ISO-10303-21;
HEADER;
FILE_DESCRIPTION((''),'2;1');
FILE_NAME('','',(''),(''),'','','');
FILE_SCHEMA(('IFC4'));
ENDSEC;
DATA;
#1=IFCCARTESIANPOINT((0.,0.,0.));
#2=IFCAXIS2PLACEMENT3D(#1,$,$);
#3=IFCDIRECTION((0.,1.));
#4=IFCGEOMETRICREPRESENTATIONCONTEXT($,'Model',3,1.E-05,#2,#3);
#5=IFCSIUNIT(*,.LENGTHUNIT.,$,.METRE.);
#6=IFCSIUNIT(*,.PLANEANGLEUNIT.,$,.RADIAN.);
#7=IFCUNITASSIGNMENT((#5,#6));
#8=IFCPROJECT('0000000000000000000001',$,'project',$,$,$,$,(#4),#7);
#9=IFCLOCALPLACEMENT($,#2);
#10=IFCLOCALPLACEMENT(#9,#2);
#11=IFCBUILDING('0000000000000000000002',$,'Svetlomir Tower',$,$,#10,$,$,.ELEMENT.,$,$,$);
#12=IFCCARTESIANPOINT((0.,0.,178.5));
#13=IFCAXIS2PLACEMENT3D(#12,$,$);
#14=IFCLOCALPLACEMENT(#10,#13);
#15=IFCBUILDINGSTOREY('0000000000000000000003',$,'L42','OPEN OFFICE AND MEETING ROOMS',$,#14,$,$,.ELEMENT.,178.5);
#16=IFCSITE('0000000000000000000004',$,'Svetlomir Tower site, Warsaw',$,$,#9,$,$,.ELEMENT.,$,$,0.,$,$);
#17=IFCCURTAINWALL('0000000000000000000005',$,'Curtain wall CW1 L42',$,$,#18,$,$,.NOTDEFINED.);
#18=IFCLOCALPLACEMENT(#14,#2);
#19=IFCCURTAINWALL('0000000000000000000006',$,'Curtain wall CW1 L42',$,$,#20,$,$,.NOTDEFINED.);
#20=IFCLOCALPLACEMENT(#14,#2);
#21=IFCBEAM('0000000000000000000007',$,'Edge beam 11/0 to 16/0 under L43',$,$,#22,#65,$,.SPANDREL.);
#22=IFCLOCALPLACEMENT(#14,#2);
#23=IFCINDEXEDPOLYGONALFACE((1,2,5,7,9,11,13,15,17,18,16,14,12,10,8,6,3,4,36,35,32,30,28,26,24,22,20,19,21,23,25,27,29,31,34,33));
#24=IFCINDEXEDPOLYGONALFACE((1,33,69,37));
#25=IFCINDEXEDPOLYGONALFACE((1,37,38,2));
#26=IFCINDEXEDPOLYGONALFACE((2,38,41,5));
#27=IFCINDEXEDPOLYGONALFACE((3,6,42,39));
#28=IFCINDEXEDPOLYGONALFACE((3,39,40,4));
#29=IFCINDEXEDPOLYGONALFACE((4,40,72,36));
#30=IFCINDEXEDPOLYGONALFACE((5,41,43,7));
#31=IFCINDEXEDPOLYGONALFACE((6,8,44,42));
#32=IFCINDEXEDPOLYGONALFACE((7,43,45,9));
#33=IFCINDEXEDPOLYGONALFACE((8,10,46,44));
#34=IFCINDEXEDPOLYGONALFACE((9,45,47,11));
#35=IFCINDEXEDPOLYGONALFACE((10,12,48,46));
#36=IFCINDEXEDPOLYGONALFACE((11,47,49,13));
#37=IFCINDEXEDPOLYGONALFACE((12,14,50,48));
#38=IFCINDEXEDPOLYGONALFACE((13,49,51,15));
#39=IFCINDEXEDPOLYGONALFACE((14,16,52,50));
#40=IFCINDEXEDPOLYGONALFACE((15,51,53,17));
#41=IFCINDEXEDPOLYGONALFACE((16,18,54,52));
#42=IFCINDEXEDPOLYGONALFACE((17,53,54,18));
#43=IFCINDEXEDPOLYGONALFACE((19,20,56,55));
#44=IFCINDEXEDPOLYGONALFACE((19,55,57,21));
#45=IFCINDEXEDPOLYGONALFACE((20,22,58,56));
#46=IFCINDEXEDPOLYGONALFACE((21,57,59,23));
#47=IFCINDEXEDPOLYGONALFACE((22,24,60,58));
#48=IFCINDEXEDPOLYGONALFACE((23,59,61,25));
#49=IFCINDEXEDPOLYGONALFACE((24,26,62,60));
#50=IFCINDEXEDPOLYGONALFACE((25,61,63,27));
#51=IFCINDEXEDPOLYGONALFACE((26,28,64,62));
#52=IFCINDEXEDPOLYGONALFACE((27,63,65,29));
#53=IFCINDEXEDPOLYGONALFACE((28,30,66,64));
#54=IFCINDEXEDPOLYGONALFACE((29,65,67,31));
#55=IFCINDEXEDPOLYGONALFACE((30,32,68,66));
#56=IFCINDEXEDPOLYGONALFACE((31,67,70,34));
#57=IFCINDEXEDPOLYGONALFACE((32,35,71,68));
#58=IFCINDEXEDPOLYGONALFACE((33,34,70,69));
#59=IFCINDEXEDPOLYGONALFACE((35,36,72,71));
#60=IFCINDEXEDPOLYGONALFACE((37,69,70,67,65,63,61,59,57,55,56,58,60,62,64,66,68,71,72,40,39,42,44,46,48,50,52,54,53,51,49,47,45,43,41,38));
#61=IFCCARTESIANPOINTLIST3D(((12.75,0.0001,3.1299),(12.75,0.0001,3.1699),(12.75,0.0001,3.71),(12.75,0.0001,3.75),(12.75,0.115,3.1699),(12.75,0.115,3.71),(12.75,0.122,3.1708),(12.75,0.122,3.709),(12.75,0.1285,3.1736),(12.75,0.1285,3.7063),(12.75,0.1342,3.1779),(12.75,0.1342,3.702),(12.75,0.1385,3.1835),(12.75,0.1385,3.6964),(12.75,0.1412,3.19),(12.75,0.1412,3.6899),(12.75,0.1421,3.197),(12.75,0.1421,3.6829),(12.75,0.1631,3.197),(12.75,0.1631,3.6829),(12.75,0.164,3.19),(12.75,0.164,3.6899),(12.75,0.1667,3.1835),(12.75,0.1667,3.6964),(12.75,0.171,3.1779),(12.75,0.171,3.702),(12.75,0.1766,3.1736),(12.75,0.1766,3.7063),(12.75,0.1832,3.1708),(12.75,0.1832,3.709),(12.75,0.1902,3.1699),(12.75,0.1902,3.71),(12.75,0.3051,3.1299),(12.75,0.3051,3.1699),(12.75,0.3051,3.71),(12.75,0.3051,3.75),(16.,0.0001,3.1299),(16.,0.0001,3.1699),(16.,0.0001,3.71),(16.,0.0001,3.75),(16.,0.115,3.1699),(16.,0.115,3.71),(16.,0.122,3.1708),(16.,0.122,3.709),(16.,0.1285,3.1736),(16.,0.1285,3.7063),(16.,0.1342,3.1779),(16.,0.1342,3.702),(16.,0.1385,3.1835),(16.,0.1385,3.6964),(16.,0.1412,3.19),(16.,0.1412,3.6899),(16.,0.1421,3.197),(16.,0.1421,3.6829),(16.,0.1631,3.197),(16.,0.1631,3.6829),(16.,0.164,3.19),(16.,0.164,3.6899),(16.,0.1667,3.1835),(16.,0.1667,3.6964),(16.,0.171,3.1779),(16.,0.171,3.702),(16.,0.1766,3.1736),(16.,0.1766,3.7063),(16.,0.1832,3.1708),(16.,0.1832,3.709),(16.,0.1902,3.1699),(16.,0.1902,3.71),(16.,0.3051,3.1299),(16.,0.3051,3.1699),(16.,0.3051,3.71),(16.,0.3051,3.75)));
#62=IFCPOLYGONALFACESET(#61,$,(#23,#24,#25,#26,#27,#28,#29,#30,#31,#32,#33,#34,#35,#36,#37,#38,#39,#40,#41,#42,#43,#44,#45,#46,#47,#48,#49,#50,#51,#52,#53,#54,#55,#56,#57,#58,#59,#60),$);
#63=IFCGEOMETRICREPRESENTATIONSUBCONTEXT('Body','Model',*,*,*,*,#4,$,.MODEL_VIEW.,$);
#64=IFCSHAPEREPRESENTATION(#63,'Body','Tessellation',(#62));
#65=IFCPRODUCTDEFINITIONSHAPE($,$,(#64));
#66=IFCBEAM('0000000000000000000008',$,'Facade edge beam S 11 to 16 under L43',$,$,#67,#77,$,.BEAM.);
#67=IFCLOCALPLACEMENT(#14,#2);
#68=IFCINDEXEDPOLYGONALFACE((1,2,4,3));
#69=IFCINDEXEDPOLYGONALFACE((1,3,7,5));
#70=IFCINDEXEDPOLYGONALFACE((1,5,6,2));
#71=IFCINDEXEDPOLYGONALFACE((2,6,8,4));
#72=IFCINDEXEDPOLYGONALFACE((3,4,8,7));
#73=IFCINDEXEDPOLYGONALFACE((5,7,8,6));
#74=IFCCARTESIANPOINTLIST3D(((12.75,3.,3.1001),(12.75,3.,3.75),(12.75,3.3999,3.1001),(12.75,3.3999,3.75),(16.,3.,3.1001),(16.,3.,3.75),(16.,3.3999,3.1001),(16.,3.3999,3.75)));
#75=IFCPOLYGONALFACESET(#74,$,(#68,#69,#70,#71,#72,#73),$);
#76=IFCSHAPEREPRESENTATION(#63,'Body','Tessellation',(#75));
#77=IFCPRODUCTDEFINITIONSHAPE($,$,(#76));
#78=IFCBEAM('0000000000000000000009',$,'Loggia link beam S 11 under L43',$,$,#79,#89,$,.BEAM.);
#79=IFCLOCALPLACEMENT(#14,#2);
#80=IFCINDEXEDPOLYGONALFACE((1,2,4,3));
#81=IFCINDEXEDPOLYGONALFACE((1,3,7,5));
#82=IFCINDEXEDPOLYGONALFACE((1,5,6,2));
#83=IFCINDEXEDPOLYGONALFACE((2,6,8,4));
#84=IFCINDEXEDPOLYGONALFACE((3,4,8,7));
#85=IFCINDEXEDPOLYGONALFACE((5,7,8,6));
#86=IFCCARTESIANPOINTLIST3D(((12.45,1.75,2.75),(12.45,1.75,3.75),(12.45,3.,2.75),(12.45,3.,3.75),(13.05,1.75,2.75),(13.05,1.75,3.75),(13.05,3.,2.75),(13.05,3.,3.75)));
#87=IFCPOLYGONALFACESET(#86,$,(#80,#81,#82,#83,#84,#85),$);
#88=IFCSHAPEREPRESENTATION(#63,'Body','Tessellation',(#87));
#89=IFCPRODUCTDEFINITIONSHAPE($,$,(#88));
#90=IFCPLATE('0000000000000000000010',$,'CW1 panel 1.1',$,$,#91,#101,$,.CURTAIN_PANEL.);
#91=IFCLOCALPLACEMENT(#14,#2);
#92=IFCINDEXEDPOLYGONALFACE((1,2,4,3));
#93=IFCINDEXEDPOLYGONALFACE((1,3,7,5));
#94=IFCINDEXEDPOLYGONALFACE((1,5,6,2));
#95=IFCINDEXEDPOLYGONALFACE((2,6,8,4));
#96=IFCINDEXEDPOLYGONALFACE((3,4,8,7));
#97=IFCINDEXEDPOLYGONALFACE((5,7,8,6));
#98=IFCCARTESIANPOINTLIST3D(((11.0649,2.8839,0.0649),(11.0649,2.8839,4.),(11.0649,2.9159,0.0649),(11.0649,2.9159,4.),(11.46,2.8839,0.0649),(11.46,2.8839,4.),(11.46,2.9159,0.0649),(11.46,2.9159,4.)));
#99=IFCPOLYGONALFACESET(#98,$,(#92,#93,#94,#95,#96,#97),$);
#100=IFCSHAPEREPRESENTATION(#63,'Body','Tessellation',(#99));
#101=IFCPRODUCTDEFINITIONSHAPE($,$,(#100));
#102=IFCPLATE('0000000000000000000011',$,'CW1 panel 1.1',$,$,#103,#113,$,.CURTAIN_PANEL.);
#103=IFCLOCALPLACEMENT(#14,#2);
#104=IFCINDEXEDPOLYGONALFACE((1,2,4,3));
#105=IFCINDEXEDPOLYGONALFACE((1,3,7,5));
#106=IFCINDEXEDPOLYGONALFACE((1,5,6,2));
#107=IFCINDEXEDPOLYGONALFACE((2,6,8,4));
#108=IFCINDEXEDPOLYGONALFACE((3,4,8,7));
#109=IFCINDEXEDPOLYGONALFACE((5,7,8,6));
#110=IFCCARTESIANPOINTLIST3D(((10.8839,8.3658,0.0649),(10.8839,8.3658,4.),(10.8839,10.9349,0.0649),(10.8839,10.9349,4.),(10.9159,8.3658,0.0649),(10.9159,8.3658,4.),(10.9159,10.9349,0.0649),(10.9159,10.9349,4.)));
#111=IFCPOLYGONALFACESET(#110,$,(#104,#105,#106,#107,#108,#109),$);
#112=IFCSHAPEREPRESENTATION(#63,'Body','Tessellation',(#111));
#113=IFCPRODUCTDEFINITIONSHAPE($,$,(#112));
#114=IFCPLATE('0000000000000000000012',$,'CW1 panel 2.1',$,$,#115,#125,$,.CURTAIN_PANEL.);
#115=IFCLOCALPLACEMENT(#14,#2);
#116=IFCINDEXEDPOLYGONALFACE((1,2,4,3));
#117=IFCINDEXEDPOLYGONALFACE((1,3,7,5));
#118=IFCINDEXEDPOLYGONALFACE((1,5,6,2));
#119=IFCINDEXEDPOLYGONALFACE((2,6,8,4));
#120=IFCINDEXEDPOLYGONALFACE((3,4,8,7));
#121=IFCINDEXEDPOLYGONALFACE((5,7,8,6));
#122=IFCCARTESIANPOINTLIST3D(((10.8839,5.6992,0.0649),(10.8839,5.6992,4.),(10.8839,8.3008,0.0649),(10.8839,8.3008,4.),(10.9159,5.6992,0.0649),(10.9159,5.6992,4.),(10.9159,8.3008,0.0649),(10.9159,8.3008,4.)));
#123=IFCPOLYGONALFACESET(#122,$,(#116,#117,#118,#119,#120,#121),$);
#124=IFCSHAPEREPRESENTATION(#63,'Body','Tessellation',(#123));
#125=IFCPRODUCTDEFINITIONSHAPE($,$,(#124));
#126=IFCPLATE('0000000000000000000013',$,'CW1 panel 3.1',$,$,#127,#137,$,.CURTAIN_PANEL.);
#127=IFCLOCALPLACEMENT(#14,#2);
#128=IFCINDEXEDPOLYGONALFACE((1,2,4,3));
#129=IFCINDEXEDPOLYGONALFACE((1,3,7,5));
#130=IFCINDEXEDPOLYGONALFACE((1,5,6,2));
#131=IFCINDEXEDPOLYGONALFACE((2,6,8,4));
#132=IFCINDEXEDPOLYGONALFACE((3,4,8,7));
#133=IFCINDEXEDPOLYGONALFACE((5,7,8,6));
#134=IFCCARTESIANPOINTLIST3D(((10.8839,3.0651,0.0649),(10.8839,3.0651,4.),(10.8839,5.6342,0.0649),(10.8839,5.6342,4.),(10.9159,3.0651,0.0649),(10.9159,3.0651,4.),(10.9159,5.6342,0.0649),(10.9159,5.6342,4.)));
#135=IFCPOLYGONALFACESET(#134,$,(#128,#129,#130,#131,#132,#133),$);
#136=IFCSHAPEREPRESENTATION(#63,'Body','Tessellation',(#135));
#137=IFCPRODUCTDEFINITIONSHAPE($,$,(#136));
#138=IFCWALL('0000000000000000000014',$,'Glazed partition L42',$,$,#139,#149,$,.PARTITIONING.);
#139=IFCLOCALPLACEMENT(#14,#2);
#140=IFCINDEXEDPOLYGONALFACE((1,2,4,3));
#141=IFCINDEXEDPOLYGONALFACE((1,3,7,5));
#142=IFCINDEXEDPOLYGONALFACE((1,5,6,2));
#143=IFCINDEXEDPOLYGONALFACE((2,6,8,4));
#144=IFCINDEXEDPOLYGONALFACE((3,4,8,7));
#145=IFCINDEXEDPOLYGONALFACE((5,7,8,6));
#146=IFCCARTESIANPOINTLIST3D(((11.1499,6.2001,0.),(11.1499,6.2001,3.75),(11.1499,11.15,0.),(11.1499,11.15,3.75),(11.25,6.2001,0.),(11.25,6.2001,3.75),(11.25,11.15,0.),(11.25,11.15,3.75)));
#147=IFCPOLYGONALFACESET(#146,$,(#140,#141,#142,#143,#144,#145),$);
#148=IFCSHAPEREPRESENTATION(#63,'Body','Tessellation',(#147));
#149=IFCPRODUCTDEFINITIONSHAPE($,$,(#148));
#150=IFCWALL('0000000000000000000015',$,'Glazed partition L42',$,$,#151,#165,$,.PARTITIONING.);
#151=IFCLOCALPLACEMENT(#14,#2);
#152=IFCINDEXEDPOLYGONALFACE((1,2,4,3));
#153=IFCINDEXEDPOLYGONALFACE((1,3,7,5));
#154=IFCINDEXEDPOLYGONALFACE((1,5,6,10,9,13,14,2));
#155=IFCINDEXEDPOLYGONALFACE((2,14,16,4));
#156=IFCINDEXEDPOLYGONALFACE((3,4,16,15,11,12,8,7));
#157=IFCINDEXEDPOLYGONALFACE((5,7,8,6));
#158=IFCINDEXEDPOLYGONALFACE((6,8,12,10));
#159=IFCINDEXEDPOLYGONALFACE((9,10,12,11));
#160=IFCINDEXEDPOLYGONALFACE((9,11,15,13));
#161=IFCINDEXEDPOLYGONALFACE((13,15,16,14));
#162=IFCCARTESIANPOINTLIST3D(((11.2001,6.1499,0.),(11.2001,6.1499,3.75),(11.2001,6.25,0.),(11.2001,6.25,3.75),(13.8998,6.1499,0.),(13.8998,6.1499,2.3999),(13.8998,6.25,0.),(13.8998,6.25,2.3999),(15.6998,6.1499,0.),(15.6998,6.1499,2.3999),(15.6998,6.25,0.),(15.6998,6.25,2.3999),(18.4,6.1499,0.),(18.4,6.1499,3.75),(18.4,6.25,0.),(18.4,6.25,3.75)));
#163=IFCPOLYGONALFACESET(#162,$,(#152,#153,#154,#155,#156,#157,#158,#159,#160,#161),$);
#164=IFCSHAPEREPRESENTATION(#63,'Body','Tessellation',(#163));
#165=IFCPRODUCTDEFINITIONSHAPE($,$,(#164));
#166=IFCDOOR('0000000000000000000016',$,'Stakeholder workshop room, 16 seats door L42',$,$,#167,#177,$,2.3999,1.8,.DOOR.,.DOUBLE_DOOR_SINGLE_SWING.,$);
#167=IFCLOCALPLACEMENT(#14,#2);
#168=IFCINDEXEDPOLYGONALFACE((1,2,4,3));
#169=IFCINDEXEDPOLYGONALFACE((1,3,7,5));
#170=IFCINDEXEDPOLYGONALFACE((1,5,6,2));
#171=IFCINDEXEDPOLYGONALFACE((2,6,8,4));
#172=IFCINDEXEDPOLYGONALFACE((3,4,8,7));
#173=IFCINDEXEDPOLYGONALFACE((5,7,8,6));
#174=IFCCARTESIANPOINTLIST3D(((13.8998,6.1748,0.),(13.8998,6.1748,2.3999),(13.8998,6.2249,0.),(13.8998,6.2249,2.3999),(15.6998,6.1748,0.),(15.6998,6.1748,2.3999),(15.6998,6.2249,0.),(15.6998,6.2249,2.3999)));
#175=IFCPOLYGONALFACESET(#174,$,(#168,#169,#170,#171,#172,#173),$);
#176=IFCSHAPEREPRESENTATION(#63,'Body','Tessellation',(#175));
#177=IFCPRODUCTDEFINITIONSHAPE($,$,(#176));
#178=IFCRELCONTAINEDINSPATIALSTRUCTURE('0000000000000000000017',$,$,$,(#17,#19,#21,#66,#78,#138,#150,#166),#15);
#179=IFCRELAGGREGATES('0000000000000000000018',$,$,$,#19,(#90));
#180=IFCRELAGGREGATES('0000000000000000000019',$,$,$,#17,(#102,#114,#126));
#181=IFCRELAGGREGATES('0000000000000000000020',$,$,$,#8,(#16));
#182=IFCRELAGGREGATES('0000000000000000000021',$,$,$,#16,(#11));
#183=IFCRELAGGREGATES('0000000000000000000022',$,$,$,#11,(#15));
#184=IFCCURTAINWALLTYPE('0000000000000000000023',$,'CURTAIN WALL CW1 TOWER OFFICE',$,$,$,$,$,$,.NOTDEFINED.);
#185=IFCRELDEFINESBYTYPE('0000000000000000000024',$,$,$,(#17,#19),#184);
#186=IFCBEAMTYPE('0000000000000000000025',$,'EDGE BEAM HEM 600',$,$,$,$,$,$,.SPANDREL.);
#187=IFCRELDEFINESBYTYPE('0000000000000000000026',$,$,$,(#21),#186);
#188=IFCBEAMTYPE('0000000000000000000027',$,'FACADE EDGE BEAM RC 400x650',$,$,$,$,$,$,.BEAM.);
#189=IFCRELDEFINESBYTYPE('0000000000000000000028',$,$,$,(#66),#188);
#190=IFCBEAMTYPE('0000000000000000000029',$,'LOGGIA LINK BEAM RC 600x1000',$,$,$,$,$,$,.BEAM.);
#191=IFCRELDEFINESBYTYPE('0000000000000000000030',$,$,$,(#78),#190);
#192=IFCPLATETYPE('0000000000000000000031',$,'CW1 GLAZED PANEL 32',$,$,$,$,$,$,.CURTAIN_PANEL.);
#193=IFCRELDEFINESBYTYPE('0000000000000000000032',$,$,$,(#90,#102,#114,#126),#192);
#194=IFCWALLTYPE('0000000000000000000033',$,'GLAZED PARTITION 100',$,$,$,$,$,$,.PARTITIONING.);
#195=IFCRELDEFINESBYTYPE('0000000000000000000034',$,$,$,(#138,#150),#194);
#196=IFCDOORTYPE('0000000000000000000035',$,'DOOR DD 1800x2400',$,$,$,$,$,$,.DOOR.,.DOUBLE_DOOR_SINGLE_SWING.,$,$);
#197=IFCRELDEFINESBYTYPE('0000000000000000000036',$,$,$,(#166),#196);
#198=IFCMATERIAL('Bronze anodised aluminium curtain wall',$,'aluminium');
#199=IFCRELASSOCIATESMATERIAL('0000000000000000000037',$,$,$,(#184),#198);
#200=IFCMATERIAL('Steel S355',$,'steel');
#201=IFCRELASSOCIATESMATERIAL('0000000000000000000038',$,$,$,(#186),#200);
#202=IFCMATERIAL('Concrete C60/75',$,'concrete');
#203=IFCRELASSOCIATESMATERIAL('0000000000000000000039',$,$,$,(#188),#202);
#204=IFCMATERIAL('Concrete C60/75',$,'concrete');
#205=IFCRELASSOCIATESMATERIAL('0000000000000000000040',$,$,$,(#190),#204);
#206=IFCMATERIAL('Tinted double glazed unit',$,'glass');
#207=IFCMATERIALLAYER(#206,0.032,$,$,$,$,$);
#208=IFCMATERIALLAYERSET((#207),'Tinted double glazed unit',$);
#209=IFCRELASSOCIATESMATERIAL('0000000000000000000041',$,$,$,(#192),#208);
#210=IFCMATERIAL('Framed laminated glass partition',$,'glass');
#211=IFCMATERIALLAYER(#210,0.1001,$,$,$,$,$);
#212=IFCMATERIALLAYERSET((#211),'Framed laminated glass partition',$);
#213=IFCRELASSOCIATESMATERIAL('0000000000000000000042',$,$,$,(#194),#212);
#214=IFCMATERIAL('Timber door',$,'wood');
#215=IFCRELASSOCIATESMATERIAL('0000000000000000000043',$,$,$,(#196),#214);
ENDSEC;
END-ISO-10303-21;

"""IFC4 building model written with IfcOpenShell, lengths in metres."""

from ifc_helpers import new_model, si_unit, direction, frame, frame_2d, origin, origin_2d, place, context, subcontext, project, spatial, rectangle, i_section, extrude, material, layer, layer_set, material_profile, profile_set, type_object, element, fill, aggregate, save


model = new_model("IFC4")

# Units and contexts
model_context = context("Model", 3, precision=1e-05, world=origin(), true_north=direction((0.0, 1.0)))
body_context = subcontext(model_context, "Body", "Model", "MODEL_VIEW")
ifc_project = project(units=[si_unit("LENGTHUNIT", "METRE"), si_unit("PLANEANGLEUNIT", "RADIAN")], contexts=[model_context])

# Site, building, storey
site_placement = place(None, origin())
site = spatial("IfcSite", under=ifc_project, at=site_placement, Name="Svetlomir Tower site, Warsaw", CompositionType="ELEMENT", RefElevation=0.0)
building_placement = place(site_placement, origin())
building = spatial("IfcBuilding", under=site, at=building_placement, Name="Svetlomir Tower", CompositionType="ELEMENT")
storey_placement = place(building_placement, frame((0.0, 0.0, 178.5)))
storey = spatial("IfcBuildingStorey", under=building, at=storey_placement, Name="L42", Description="OPEN OFFICE AND MEETING ROOMS", CompositionType="ELEMENT", Elevation=178.5)

# Curtain wall
ifc_material_1 = material(Name="Bronze anodised aluminium curtain wall", Category="aluminium")
curtain_wall_type = type_object("IfcCurtainWallType", Name="CURTAIN WALL CW1 TOWER OFFICE", PredefinedType="NOTDEFINED", material=ifc_material_1)
curtain_wall_1_placement = place(storey_placement, origin())
curtain_wall_1 = element("IfcCurtainWall", 1, at=curtain_wall_1_placement, inside=storey, type_object=curtain_wall_type, Name="Curtain wall CW1 L42", PredefinedType="NOTDEFINED")

# Curtain wall
curtain_wall_2_placement = place(storey_placement, origin())
curtain_wall_2 = element("IfcCurtainWall", 2, at=curtain_wall_2_placement, inside=storey, type_object=curtain_wall_type, Name="Curtain wall CW1 L42", PredefinedType="NOTDEFINED")

# Beams
ifc_material_2 = material(Name="Steel S355", Category="steel")
ifc_material_profile_1 = material_profile(ifc_material_2, i_section(OverallWidth=0.3049, OverallDepth=0.6201, WebThickness=0.021, FlangeThickness=0.04, FilletRadius=0.0271, at=origin_2d()), Name="HEM 600")
ifc_profile_set_1 = profile_set([ifc_material_profile_1], Name="Steel S355")
beam_type_1 = type_object("IfcBeamType", Name="EDGE BEAM HEM 600", PredefinedType="SPANDREL", material=ifc_profile_set_1)
beam_1_placement = place(storey_placement, frame((12.75, 0.1526, 3.4399), z_axis=(1.0, 0.0, 0.0), x_axis=(0.0, 1.0, 0.0)))
element("IfcBeam", 3, at=beam_1_placement, inside=storey, type_object=beam_type_1, Name="Edge beam 11/0 to 16/0 under L43", PredefinedType="SPANDREL", context=body_context, shape_type="SweptSolid", body=[
    extrude(i_section(OverallWidth=0.3049, OverallDepth=0.6201, WebThickness=0.021, FlangeThickness=0.04, FilletRadius=0.0271, at=origin_2d()), origin(), (0.0, 0.0, 1.0), 3.25),
])
ifc_material_3 = material(Name="Concrete C60/75", Category="concrete")
ifc_material_profile_2 = material_profile(ifc_material_3, rectangle(XDim=0.3999, YDim=0.6499, at=origin_2d()), Name="RC 400x650")
ifc_profile_set_2 = profile_set([ifc_material_profile_2], Name="Concrete C60/75")
beam_type_2 = type_object("IfcBeamType", Name="FACADE EDGE BEAM RC 400x650", PredefinedType="BEAM", material=ifc_profile_set_2)
beam_2_placement = place(storey_placement, frame((12.75, 3.2, 3.425), z_axis=(1.0, 0.0, 0.0), x_axis=(0.0, 1.0, 0.0)))
element("IfcBeam", 4, at=beam_2_placement, inside=storey, type_object=beam_type_2, Name="Facade edge beam S 11 to 16 under L43", PredefinedType="BEAM", context=body_context, shape_type="SweptSolid", body=[
    extrude(rectangle(XDim=0.3999, YDim=0.6499, at=origin_2d()), origin(), (0.0, 0.0, 1.0), 3.25),
])
ifc_material_4 = material(Name="Concrete C60/75", Category="concrete")
ifc_material_profile_3 = material_profile(ifc_material_4, rectangle(XDim=0.6001, YDim=1.0, at=origin_2d()), Name="RC 600x1000")
ifc_profile_set_3 = profile_set([ifc_material_profile_3], Name="Concrete C60/75")
beam_type_3 = type_object("IfcBeamType", Name="LOGGIA LINK BEAM RC 600x1000", PredefinedType="BEAM", material=ifc_profile_set_3)
beam_3_placement = place(storey_placement, frame((12.75, 1.75, 3.25), z_axis=(0.0, 1.0, 0.0), x_axis=(-1.0, 0.0, 0.0)))
element("IfcBeam", 5, at=beam_3_placement, inside=storey, type_object=beam_type_3, Name="Loggia link beam S 11 under L43", PredefinedType="BEAM", context=body_context, shape_type="SweptSolid", body=[
    extrude(rectangle(XDim=0.6001, YDim=1.0, at=origin_2d()), origin(), (0.0, 0.0, 1.0), 1.25),
])

# Plates
ifc_material_5 = material(Name="Tinted double glazed unit", Category="glass")
ifc_layer_1 = layer(ifc_material_5, 0.032)
ifc_layer_set_1 = layer_set([ifc_layer_1], Name="Tinted double glazed unit")
plate_type = type_object("IfcPlateType", Name="CW1 GLAZED PANEL 32", PredefinedType="CURTAIN_PANEL", material=ifc_layer_set_1)
plate_1_placement = place(storey_placement, frame((11.2625, 2.8999, 0.0649), z_axis=(0.0, 0.0, 1.0), x_axis=(1.0, 0.0, 0.0)))
plate_1 = element("IfcPlate", 6, at=plate_1_placement, type_object=plate_type, Name="CW1 panel 1.1", PredefinedType="CURTAIN_PANEL", context=body_context, shape_type="SweptSolid", body=[
    extrude(rectangle(XDim=0.395, YDim=0.032, at=origin_2d()), origin(), (0.0, 0.0, 1.0), 3.9351),
])
aggregate(curtain_wall_2, [plate_1])
plate_2_placement = place(storey_placement, frame((10.8999, 9.6504, 0.0649), z_axis=(0.0, 0.0, 1.0), x_axis=(0.0, -1.0, 0.0)))
plate_2 = element("IfcPlate", 7, at=plate_2_placement, type_object=plate_type, Name="CW1 panel 1.1", PredefinedType="CURTAIN_PANEL", context=body_context, shape_type="SweptSolid", body=[
    extrude(rectangle(XDim=2.5691, YDim=0.032, at=origin_2d()), origin(), (0.0, 0.0, 1.0), 3.9351),
])
plate_3_placement = place(storey_placement, frame((10.8999, 7.0, 0.0649), z_axis=(0.0, 0.0, 1.0), x_axis=(0.0, -1.0, 0.0)))
plate_3 = element("IfcPlate", 8, at=plate_3_placement, type_object=plate_type, Name="CW1 panel 2.1", PredefinedType="CURTAIN_PANEL", context=body_context, shape_type="SweptSolid", body=[
    extrude(rectangle(XDim=2.6016, YDim=0.032, at=origin_2d()), origin(), (0.0, 0.0, 1.0), 3.9351),
])
plate_4_placement = place(storey_placement, frame((10.8999, 4.3496, 0.0649), z_axis=(0.0, 0.0, 1.0), x_axis=(0.0, -1.0, 0.0)))
plate_4 = element("IfcPlate", 9, at=plate_4_placement, type_object=plate_type, Name="CW1 panel 3.1", PredefinedType="CURTAIN_PANEL", context=body_context, shape_type="SweptSolid", body=[
    extrude(rectangle(XDim=2.5691, YDim=0.032, at=origin_2d()), origin(), (0.0, 0.0, 1.0), 3.9351),
])
aggregate(curtain_wall_1, [plate_2, plate_3, plate_4])

# Wall
ifc_material_6 = material(Name="Framed laminated glass partition", Category="glass")
ifc_layer_2 = layer(ifc_material_6, 0.1001)
ifc_layer_set_2 = layer_set([ifc_layer_2], Name="Framed laminated glass partition")
wall_type = type_object("IfcWallType", Name="GLAZED PARTITION 100", PredefinedType="PARTITIONING", material=ifc_layer_set_2)
wall_1_placement = place(storey_placement, frame((11.2, 6.2, 0.0), z_axis=(0.0, 0.0, 1.0), x_axis=(0.0, 1.0, 0.0)))
element("IfcWall", 10, at=wall_1_placement, inside=storey, type_object=wall_type, Name="Glazed partition L42", PredefinedType="PARTITIONING", context=body_context, shape_type="SweptSolid", body=[
    extrude(rectangle(XDim=4.95, YDim=0.1001, at=frame_2d((2.4751, 0.0))), origin(), (0.0, 0.0, 1.0), 3.75),
])

# Wall, opening, door
wall_2_placement = place(storey_placement, frame((11.2, 6.2, 0.0), z_axis=(0.0, 0.0, 1.0), x_axis=(1.0, 0.0, 0.0)))
wall_2 = element("IfcWall", 11, at=wall_2_placement, inside=storey, type_object=wall_type, Name="Glazed partition L42", PredefinedType="PARTITIONING", context=body_context, shape_type="SweptSolid", body=[
    extrude(rectangle(XDim=7.2, YDim=0.1001, at=frame_2d((3.6001, 0.0))), origin(), (0.0, 0.0, 1.0), 3.75),
])
opening_placement = place(wall_2_placement, frame((2.7, 0.0, 0.0)))
opening = element("IfcOpeningElement", 12, at=opening_placement, cuts=wall_2, PredefinedType="OPENING", context=body_context, shape_type="SweptSolid", body=[
    extrude(rectangle(XDim=1.8, YDim=2.3999, at=frame_2d((0.8999, 1.2))), frame((0.0, 0.0601, 0.0), z_axis=(0.0, -1.0, 0.0), x_axis=(1.0, 0.0, 0.0)), (0.0, 0.0, 1.0), 0.1201),
])
ifc_material_7 = material(Name="Timber door", Category="wood")
door_type = type_object("IfcDoorType", Name="DOOR DD 1800x2400", OperationType="DOUBLE_DOOR_SINGLE_SWING", PredefinedType="DOOR", material=ifc_material_7)
door_placement = place(opening_placement, origin())
door = element("IfcDoor", 13, at=door_placement, inside=storey, type_object=door_type, Name="Stakeholder workshop room, 16 seats door L42", OperationType="DOUBLE_DOOR_SINGLE_SWING", OverallHeight=2.3999, OverallWidth=1.8, PredefinedType="DOOR", context=body_context, shape_type="SweptSolid", body=[
    extrude(rectangle(XDim=1.8, YDim=2.3999, at=frame_2d((0.8999, 1.2))), frame((0.0, 0.0249, 0.0), z_axis=(0.0, -1.0, 0.0), x_axis=(1.0, 0.0, 0.0)), (0.0, 0.0, 1.0), 0.05),
])
fill(opening, door)

save(model, "model.ifc")
